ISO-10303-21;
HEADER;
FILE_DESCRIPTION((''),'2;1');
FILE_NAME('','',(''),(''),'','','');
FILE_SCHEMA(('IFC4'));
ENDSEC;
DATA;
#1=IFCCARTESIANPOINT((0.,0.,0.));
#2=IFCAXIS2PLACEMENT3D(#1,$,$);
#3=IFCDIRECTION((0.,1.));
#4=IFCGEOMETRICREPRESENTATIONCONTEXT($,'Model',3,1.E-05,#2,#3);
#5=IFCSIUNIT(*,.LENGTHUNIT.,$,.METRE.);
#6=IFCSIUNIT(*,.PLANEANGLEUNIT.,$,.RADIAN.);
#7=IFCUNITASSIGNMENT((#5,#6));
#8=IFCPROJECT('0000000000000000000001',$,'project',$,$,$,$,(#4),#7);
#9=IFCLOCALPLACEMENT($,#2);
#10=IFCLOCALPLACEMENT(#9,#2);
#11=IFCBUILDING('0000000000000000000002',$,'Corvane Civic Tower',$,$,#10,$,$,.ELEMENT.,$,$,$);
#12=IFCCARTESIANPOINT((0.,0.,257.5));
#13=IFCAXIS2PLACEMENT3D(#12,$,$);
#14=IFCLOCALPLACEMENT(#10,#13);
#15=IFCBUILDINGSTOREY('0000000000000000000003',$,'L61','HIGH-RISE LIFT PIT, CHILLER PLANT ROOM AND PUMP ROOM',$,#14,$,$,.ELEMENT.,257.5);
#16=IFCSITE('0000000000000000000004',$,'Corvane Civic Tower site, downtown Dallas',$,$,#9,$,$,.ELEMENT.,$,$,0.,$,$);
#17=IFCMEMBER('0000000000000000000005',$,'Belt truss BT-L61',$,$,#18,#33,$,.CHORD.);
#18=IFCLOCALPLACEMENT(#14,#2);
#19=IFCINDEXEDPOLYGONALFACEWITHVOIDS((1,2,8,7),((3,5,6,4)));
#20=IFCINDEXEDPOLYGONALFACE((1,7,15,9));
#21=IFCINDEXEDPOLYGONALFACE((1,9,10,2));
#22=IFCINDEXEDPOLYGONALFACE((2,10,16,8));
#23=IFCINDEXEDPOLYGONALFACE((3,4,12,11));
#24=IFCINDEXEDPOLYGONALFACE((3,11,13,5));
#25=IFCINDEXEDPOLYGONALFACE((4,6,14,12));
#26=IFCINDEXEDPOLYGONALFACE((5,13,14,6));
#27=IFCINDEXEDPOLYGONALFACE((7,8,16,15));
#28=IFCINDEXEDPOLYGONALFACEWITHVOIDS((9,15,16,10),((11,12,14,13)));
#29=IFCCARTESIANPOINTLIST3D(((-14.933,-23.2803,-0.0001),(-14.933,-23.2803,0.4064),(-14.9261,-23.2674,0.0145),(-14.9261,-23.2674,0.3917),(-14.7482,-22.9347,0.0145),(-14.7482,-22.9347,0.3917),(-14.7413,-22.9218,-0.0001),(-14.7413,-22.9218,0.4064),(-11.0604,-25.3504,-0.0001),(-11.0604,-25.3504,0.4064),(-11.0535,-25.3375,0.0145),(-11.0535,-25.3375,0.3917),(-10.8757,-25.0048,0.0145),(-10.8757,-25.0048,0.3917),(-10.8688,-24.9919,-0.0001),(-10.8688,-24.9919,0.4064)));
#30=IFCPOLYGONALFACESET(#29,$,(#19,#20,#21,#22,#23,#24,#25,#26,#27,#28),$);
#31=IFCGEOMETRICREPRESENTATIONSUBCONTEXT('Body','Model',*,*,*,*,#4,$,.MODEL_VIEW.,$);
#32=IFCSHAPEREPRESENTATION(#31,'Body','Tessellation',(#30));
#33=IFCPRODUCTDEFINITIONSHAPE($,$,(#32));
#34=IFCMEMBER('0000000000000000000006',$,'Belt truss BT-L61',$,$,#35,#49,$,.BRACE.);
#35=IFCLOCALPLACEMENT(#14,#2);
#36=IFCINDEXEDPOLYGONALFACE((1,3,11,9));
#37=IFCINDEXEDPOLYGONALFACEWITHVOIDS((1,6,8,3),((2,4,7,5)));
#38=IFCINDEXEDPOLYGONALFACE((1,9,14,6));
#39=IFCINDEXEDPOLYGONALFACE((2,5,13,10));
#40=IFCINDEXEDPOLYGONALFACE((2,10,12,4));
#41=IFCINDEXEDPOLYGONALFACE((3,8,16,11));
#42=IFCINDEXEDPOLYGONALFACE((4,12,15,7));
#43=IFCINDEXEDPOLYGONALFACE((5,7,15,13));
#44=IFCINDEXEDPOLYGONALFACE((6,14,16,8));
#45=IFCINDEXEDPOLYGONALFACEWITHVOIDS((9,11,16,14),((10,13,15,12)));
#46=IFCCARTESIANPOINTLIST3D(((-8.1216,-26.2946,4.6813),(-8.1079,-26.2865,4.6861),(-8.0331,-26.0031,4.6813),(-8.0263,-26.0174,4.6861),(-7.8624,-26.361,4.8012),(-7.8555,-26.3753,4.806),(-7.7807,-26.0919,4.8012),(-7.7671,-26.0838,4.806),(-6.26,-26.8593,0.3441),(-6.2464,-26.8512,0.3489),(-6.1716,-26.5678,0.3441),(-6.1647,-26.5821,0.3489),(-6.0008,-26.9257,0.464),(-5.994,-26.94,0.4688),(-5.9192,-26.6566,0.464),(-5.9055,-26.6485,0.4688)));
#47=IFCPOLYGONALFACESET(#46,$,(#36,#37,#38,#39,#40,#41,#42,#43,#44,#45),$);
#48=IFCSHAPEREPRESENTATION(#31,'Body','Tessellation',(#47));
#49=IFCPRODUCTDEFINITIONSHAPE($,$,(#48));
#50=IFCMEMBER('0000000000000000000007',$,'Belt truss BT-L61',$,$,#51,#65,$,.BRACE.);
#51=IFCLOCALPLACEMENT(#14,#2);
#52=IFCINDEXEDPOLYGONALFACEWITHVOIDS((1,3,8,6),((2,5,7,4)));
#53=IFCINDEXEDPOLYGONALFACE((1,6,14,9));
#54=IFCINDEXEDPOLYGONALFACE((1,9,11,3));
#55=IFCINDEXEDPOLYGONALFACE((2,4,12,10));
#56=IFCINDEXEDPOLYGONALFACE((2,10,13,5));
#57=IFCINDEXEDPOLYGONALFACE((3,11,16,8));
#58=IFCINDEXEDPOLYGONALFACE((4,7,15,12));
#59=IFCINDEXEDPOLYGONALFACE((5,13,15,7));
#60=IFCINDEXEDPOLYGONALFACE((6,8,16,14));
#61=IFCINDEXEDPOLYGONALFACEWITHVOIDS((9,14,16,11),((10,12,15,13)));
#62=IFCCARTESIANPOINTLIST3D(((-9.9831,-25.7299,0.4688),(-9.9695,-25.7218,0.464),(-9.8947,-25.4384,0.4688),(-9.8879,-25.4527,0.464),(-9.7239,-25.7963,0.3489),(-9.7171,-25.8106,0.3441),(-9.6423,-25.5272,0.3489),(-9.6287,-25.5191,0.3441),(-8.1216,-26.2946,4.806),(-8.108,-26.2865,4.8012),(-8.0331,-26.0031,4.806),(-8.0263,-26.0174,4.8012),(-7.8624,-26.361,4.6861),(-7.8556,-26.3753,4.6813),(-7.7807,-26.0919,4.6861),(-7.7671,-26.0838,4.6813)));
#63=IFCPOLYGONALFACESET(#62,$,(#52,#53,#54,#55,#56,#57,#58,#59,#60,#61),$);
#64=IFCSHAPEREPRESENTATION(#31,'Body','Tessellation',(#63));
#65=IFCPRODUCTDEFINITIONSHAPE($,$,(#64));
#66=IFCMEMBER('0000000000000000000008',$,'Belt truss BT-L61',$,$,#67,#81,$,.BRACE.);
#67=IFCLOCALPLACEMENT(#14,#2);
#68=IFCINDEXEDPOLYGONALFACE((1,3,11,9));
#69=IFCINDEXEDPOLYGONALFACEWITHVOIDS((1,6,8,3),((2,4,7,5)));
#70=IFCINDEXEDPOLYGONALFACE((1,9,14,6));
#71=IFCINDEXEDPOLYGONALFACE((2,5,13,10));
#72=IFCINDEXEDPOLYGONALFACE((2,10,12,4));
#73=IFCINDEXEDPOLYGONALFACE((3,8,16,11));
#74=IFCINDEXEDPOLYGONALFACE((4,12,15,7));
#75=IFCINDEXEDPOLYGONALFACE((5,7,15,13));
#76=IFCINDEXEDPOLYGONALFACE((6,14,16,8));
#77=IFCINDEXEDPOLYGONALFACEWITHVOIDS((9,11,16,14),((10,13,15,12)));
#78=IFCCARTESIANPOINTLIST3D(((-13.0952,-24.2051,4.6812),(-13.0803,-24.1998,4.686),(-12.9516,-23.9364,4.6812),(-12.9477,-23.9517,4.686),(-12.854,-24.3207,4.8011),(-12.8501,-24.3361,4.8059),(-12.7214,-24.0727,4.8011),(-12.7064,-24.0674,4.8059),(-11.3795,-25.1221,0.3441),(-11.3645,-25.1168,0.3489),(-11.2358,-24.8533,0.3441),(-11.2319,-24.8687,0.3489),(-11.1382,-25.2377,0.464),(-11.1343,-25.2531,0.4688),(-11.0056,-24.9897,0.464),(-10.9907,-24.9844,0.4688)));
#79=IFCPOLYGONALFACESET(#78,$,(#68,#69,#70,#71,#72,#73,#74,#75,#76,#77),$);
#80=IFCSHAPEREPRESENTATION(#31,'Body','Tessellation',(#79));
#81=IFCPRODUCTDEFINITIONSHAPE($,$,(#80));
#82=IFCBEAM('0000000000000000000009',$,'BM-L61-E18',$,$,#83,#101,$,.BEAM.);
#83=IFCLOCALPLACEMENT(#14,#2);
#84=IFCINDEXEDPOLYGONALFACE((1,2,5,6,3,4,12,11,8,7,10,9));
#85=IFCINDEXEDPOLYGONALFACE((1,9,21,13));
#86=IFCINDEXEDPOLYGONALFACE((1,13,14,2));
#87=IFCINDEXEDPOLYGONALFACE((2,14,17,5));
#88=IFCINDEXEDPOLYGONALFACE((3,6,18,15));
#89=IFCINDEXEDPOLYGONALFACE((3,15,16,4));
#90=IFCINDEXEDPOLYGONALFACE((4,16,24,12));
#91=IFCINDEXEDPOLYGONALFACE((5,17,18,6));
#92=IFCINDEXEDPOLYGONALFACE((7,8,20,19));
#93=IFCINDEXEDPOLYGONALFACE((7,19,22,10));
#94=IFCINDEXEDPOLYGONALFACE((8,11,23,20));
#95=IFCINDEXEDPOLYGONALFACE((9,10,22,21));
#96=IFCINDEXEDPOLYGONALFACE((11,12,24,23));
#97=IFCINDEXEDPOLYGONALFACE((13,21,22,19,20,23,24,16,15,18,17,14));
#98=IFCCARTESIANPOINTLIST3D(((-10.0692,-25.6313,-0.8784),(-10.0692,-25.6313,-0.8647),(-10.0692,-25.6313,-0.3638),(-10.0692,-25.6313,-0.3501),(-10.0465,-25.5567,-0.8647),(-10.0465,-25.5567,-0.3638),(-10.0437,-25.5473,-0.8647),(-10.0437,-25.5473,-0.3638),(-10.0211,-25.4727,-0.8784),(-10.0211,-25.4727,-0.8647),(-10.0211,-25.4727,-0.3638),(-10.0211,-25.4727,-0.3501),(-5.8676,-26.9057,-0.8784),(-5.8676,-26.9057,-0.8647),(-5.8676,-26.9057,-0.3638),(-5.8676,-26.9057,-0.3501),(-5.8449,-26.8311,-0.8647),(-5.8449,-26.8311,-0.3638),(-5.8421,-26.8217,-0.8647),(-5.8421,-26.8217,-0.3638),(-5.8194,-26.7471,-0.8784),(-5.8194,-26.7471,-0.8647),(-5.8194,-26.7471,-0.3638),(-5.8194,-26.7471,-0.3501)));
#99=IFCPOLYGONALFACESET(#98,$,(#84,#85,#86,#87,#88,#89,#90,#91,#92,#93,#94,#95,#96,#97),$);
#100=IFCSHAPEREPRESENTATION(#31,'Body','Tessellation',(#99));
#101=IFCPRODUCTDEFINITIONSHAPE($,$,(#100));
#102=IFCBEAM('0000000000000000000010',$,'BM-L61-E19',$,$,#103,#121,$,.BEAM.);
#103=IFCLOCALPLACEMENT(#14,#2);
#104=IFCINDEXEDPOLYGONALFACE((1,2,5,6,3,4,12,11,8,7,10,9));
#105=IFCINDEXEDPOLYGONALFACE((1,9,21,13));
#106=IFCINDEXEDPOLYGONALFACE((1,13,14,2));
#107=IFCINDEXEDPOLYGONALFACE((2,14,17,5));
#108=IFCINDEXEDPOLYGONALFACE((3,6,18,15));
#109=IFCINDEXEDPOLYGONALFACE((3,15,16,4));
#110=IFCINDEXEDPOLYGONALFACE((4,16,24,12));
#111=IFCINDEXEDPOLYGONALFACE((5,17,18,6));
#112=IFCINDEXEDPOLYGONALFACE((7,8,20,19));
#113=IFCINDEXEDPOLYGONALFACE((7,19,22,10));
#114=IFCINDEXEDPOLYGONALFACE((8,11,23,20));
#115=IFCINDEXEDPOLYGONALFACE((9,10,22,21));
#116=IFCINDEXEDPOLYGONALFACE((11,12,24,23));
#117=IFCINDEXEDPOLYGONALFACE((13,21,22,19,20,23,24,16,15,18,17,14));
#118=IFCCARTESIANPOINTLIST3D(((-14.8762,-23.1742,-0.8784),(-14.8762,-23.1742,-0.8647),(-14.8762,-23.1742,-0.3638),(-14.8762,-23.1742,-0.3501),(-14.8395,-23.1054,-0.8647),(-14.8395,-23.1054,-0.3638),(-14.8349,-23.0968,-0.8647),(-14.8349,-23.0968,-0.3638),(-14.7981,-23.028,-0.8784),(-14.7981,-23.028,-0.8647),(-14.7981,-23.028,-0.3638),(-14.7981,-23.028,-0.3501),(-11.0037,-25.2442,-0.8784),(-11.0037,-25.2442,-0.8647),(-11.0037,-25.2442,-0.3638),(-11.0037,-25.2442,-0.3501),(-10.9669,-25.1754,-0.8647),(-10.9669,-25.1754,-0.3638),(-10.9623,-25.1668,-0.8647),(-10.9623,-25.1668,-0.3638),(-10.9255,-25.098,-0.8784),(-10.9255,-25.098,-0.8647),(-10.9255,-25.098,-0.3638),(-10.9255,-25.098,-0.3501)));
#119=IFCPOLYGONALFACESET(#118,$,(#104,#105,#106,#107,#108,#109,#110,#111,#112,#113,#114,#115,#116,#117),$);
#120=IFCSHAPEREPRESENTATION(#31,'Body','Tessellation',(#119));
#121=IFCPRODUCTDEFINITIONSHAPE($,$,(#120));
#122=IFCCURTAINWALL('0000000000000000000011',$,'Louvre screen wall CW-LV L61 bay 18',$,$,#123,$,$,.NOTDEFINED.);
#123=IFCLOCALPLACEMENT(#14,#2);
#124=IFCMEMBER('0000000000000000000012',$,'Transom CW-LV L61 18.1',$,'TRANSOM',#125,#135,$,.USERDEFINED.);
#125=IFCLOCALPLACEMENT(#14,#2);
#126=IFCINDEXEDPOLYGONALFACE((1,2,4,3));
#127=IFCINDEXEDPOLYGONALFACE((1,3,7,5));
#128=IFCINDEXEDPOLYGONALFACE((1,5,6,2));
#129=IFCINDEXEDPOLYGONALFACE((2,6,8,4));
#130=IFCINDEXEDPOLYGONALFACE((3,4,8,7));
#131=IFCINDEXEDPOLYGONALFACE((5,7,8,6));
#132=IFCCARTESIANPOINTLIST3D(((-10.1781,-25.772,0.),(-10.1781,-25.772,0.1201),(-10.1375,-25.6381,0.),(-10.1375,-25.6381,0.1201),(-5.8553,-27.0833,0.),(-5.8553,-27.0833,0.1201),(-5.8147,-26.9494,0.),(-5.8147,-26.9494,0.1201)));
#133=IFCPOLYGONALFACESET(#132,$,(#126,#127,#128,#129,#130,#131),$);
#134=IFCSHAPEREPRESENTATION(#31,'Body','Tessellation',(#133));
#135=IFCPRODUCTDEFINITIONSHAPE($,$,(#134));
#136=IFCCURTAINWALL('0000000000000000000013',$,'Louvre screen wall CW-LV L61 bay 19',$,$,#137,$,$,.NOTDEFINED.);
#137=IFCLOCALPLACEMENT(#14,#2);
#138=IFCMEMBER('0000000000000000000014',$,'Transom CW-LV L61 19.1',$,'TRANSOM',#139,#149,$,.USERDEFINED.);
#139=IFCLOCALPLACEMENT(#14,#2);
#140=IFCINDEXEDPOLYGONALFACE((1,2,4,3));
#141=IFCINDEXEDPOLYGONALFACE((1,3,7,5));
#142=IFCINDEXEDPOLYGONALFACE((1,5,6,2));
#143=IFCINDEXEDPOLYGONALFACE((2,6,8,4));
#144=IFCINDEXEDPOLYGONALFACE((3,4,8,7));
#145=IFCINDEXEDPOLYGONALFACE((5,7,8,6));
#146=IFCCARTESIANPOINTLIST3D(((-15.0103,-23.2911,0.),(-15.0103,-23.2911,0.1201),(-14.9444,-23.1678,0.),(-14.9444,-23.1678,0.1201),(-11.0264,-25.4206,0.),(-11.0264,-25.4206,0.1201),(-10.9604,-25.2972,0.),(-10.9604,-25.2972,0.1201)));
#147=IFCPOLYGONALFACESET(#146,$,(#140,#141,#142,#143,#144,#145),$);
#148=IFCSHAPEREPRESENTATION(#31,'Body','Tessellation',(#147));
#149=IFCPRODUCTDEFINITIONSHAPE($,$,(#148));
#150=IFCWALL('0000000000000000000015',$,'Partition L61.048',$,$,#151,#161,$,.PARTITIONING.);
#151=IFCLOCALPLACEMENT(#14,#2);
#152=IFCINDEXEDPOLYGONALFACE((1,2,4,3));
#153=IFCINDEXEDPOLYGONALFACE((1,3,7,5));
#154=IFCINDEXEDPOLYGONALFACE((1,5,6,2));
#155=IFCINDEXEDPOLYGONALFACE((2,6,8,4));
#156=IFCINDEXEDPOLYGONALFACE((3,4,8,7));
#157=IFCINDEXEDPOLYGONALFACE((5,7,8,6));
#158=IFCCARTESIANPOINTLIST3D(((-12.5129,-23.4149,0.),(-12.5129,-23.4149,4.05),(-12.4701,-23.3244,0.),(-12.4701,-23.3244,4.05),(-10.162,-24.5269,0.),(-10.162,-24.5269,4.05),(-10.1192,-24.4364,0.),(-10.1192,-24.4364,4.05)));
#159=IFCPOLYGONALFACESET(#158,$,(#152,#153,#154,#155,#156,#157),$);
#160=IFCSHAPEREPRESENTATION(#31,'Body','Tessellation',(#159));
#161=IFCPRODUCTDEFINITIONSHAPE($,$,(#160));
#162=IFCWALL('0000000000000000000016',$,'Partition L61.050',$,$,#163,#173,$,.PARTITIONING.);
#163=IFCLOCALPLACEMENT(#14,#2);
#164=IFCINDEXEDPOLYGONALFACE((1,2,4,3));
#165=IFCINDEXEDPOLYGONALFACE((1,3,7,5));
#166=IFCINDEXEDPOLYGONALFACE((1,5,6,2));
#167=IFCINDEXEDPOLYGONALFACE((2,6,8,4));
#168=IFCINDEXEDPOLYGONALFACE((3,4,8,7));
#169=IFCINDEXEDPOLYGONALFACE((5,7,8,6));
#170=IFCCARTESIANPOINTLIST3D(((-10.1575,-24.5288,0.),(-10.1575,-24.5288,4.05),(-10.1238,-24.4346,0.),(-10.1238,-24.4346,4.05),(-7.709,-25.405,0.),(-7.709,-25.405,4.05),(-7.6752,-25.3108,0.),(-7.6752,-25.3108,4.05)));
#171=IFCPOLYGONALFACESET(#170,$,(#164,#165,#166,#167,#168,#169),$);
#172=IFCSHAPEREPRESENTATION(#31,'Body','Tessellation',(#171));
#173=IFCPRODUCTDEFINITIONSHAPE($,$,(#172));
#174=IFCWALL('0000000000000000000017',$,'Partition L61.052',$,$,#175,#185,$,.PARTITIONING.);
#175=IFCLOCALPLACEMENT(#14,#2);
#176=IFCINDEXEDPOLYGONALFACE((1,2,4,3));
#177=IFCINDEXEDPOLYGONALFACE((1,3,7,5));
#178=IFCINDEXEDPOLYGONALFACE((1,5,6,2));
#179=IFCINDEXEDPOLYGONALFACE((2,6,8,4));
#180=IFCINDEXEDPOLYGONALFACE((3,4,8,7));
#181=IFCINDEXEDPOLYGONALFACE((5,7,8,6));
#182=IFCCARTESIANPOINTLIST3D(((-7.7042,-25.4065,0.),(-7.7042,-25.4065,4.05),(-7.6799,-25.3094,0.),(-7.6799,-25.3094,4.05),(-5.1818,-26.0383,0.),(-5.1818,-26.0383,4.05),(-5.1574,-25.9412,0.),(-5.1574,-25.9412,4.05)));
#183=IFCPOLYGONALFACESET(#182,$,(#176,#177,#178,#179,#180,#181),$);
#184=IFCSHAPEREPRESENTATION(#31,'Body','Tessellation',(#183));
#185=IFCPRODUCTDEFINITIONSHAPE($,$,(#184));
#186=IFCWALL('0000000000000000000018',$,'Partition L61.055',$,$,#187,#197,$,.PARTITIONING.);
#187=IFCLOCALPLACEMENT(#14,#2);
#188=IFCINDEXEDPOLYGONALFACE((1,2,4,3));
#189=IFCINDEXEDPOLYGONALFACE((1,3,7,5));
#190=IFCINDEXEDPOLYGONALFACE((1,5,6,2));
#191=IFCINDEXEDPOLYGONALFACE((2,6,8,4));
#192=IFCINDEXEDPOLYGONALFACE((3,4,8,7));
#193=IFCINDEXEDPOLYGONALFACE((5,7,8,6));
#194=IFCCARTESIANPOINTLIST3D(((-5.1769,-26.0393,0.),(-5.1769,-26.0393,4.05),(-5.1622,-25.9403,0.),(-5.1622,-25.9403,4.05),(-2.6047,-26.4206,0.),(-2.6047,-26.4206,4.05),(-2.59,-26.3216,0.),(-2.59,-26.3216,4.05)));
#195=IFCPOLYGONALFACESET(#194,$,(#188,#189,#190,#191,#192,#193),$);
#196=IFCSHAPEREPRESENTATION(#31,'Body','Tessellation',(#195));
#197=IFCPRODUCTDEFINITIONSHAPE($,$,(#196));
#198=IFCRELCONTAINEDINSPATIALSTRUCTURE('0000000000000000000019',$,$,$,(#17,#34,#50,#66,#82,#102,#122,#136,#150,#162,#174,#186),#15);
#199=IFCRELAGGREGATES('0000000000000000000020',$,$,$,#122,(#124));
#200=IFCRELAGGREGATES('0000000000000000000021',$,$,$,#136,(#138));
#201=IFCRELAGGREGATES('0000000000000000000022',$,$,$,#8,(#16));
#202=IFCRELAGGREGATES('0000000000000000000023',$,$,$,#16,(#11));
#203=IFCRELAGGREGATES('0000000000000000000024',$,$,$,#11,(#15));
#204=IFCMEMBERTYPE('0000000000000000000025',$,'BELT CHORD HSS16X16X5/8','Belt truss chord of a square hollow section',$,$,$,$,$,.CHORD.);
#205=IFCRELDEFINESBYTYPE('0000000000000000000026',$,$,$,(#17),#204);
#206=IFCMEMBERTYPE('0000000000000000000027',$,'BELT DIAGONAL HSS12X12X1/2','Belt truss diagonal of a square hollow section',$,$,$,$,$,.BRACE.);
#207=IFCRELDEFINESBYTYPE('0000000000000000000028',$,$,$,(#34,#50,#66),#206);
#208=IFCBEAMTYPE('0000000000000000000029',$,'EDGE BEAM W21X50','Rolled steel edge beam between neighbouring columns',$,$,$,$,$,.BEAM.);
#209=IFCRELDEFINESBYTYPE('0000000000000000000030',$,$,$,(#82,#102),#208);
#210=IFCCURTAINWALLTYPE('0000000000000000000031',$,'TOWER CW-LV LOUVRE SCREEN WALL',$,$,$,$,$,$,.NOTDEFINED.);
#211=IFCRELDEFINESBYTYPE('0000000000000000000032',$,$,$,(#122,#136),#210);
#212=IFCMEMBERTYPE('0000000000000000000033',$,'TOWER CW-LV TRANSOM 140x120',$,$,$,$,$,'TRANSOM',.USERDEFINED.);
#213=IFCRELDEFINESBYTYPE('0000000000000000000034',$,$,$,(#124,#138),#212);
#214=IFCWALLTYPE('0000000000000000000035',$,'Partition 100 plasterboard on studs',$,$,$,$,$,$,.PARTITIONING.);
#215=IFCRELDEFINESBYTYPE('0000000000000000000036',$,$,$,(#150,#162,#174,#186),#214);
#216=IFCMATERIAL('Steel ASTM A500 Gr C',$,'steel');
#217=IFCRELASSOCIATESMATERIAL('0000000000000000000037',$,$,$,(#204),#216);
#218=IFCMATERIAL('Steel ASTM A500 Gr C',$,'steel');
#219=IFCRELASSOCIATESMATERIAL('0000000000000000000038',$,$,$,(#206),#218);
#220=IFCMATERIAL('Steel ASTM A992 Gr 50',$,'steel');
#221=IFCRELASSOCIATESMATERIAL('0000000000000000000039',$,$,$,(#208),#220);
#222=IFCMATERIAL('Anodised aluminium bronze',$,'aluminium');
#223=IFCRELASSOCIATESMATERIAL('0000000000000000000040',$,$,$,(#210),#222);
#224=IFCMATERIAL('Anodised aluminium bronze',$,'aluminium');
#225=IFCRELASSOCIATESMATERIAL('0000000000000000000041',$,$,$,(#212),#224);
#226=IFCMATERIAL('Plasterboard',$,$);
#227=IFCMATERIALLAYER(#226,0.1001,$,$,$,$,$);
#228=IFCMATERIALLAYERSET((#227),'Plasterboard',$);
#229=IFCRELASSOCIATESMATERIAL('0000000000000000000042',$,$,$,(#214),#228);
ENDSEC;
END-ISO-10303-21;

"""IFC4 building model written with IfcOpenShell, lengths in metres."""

from ifc_helpers import new_model, si_unit, direction, frame, frame_2d, origin, origin_2d, place, context, subcontext, project, spatial, rectangle, hollow_rectangle, i_section, extrude, material, layer, layer_set, material_profile, profile_set, type_object, element, aggregate, save


model = new_model("IFC4")

# Units and contexts
model_context = context("Model", 3, precision=1e-05, world=origin(), true_north=direction((0.0, 1.0)))
body_context = subcontext(model_context, "Body", "Model", "MODEL_VIEW")
ifc_project = project(units=[si_unit("LENGTHUNIT", "METRE"), si_unit("PLANEANGLEUNIT", "RADIAN")], contexts=[model_context])

# Site, building, storey
site_placement = place(None, origin())
site = spatial("IfcSite", under=ifc_project, at=site_placement, Name="Corvane Civic Tower site, downtown Dallas", CompositionType="ELEMENT", RefElevation=0.0)
building_placement = place(site_placement, origin())
building = spatial("IfcBuilding", under=site, at=building_placement, Name="Corvane Civic Tower", CompositionType="ELEMENT")
storey_placement = place(building_placement, frame((0.0, 0.0, 257.5)))
storey = spatial("IfcBuildingStorey", under=building, at=storey_placement, Name="L61", Description="HIGH-RISE LIFT PIT, CHILLER PLANT ROOM AND PUMP ROOM", CompositionType="ELEMENT", Elevation=257.5)

# Members
ifc_material_1 = material(Name="Steel ASTM A500 Gr C", Category="steel")
ifc_material_profile_1 = material_profile(ifc_material_1, hollow_rectangle(XDim=0.4065, YDim=0.4065, WallThickness=0.0146, at=origin_2d()), Name="HSS16X16X5/8")
ifc_profile_set_1 = profile_set([ifc_material_profile_1], Name="Steel ASTM A500 Gr C")
member_type_1 = type_object("IfcMemberType", Name="BELT CHORD HSS16X16X5/8", Description="Belt truss chord of a square hollow section", PredefinedType="CHORD", material=ifc_profile_set_1)
for number, where, z_axis, x_axis, name in (
    (1, (-10.9646, -25.1711, 0.2031), (-0.881908, 0.471422, 0.0), (-0.471422, -0.881908, 0.0), "Belt truss BT-L61"),
):
    element("IfcMember", number, at=place(storey_placement, frame(where, z_axis=z_axis, x_axis=x_axis)), inside=storey, type_object=member_type_1, Name=name, PredefinedType="CHORD", context=body_context, shape_type="SweptSolid", body=[
        extrude(hollow_rectangle(XDim=0.4065, YDim=0.4065, WallThickness=0.0146, at=origin_2d()), origin(), (0.0, 0.0, 1.0), 4.3911),
    ])
ifc_material_2 = material(Name="Steel ASTM A500 Gr C", Category="steel")
ifc_material_profile_2 = material_profile(ifc_material_2, hollow_rectangle(XDim=0.3047, YDim=0.3047, WallThickness=0.0117, at=origin_2d()), Name="HSS12X12X1/2")
ifc_profile_set_2 = profile_set([ifc_material_profile_2], Name="Steel ASTM A500 Gr C")
member_type_2 = type_object("IfcMemberType", Name="BELT DIAGONAL HSS12X12X1/2", Description="Belt truss diagonal of a square hollow section", PredefinedType="BRACE", material=ifc_profile_set_2)
for number, where, z_axis, x_axis, name in (
    (2, (-6.0828, -26.7539, 0.4065), (-0.391626, 0.118797, 0.912423), (-0.290283, -0.956941, 0.0), "Belt truss BT-L61"),
    (3, (-9.8059, -25.6245, 0.4065), (0.391626, -0.118797, 0.912423), (0.290283, 0.956941, 0.0), "Belt truss BT-L61"),
    (4, (-11.1851, -25.0532, 0.4065), (-0.360959, 0.192908, 0.912412), (-0.471344, -0.88195, 0.0), "Belt truss BT-L61"),
):
    element("IfcMember", number, at=place(storey_placement, frame(where, z_axis=z_axis, x_axis=x_axis)), inside=storey, type_object=member_type_2, Name=name, PredefinedType="BRACE", context=body_context, shape_type="SweptSolid", body=[
        extrude(hollow_rectangle(XDim=0.3047, YDim=0.3047, WallThickness=0.0117, at=origin_2d()), origin(), (0.0, 0.0, 1.0), 4.7534),
    ])

# Beams
ifc_material_3 = material(Name="Steel ASTM A992 Gr 50", Category="steel")
ifc_material_profile_3 = material_profile(ifc_material_3, i_section(OverallWidth=0.1658, OverallDepth=0.5283, WebThickness=0.0098, FlangeThickness=0.0137, at=origin_2d()), Name="W21X50")
ifc_profile_set_3 = profile_set([ifc_material_profile_3], Name="Steel ASTM A992 Gr 50")
beam_type = type_object("IfcBeamType", Name="EDGE BEAM W21X50", Description="Rolled steel edge beam between neighbouring columns", PredefinedType="BEAM", material=ifc_profile_set_3)
beam_1_placement = place(storey_placement, frame((-5.8435, -26.8264, -0.6143), z_axis=(-0.95695, 0.290254, 0.0), x_axis=(-0.290254, -0.95695, 0.0)))
element("IfcBeam", 5, at=beam_1_placement, inside=storey, type_object=beam_type, Name="BM-L61-E18", PredefinedType="BEAM", context=body_context, shape_type="SweptSolid", body=[
    extrude(i_section(OverallWidth=0.1658, OverallDepth=0.5283, WebThickness=0.0098, FlangeThickness=0.0137, at=origin_2d()), origin(), (0.0, 0.0, 1.0), 4.3906),
])
beam_2_placement = place(storey_placement, frame((-10.9646, -25.1711, -0.6143), z_axis=(-0.881908, 0.471422, 0.0), x_axis=(-0.471422, -0.881908, 0.0)))
element("IfcBeam", 6, at=beam_2_placement, inside=storey, type_object=beam_type, Name="BM-L61-E19", PredefinedType="BEAM", context=body_context, shape_type="SweptSolid", body=[
    extrude(i_section(OverallWidth=0.1658, OverallDepth=0.5283, WebThickness=0.0098, FlangeThickness=0.0137, at=origin_2d()), origin(), (0.0, 0.0, 1.0), 4.3911),
])

# Curtain walls, members
ifc_material_4 = material(Name="Anodised aluminium bronze", Category="aluminium")
curtain_wall_type = type_object("IfcCurtainWallType", Name="TOWER CW-LV LOUVRE SCREEN WALL", PredefinedType="NOTDEFINED", material=ifc_material_4)
curtain_wall_1_placement = place(storey_placement, origin())
curtain_wall_1 = element("IfcCurtainWall", 7, at=curtain_wall_1_placement, inside=storey, type_object=curtain_wall_type, Name="Louvre screen wall CW-LV L61 bay 18", PredefinedType="NOTDEFINED")
ifc_material_5 = material(Name="Anodised aluminium bronze", Category="aluminium")
ifc_material_profile_4 = material_profile(ifc_material_5, rectangle(XDim=0.1399, YDim=0.1201, at=origin_2d()), Name="TOWER CW-LV TRANSOM 140x120")
ifc_profile_set_4 = profile_set([ifc_material_profile_4], Name="Anodised aluminium bronze")
member_type_3 = type_object("IfcMemberType", Name="TOWER CW-LV TRANSOM 140x120", ElementType="TRANSOM", PredefinedType="USERDEFINED", material=ifc_profile_set_4)
member_1_placement = place(storey_placement, frame((-5.835, -27.0164, 0.0601), z_axis=(-0.956941, 0.290282, 0.0), x_axis=(-0.290282, -0.956941, 0.0)))
member_1 = element("IfcMember", 8, at=member_1_placement, type_object=member_type_3, Name="Transom CW-LV L61 18.1", ObjectType="TRANSOM", PredefinedType="USERDEFINED", context=body_context, shape_type="SweptSolid", body=[
    extrude(rectangle(XDim=0.1399, YDim=0.1201, at=origin_2d()), origin(), (0.0, 0.0, 1.0), 4.5173),
])
curtain_wall_2_placement = place(storey_placement, origin())
curtain_wall_2 = element("IfcCurtainWall", 9, at=curtain_wall_2_placement, inside=storey, type_object=curtain_wall_type, Name="Louvre screen wall CW-LV L61 bay 19", PredefinedType="NOTDEFINED")
member_2_placement = place(storey_placement, frame((-10.9934, -25.3589, 0.0601), z_axis=(-0.881925, 0.47139, 0.0), x_axis=(-0.47139, -0.881925, 0.0)))
member_2 = element("IfcMember", 10, at=member_2_placement, type_object=member_type_3, Name="Transom CW-LV L61 19.1", ObjectType="TRANSOM", PredefinedType="USERDEFINED", context=body_context, shape_type="SweptSolid", body=[
    extrude(rectangle(XDim=0.1399, YDim=0.1201, at=origin_2d()), origin(), (0.0, 0.0, 1.0), 4.5173),
])

# Walls
ifc_material_6 = material(Name="Plasterboard")
ifc_layer = layer(ifc_material_6, 0.1001)
ifc_layer_set = layer_set([ifc_layer], Name="Plasterboard")
wall_type = type_object("IfcWallType", Name="Partition 100 plasterboard on studs", PredefinedType="PARTITIONING", material=ifc_layer_set)
for number, where, z_axis, x_axis, name in (
    (11, (-12.4915, -23.3696, 0.0), (0.0, 0.0, 1.0), (0.903959, -0.427618, 0.0), "Partition L61.048"),
    (12, (-10.1406, -24.4817, 0.0), (0.0, 0.0, 1.0), (0.941527, -0.336937, 0.0), "Partition L61.050"),
):
    element("IfcWall", number, at=place(storey_placement, frame(where, z_axis=z_axis, x_axis=x_axis)), inside=storey, type_object=wall_type, Name=name, PredefinedType="PARTITIONING", context=body_context, shape_type="SweptSolid", body=[
        extrude(rectangle(XDim=2.6006, YDim=0.1001, at=frame_2d((1.3003, 0.0))), origin(), (0.0, 0.0, 1.0), 4.05),
    ])
for number, where, z_axis, x_axis, name in (
    (13, (-7.6921, -25.3579, 0.0), (0.0, 0.0, 1.0), (0.970032, -0.242977, 0.0), "Partition L61.052"),
    (14, (-5.1697, -25.9897, 0.0), (0.0, 0.0, 1.0), (0.989188, -0.146651, 0.0), "Partition L61.055"),
):
    element("IfcWall", number, at=place(storey_placement, frame(where, z_axis=z_axis, x_axis=x_axis)), inside=storey, type_object=wall_type, Name=name, PredefinedType="PARTITIONING", context=body_context, shape_type="SweptSolid", body=[
        extrude(rectangle(XDim=2.6003, YDim=0.1001, at=frame_2d((1.3003, 0.0))), origin(), (0.0, 0.0, 1.0), 4.05),
    ])

aggregate(curtain_wall_1, [member_1])
aggregate(curtain_wall_2, [member_2])

save(model, "model.ifc")
